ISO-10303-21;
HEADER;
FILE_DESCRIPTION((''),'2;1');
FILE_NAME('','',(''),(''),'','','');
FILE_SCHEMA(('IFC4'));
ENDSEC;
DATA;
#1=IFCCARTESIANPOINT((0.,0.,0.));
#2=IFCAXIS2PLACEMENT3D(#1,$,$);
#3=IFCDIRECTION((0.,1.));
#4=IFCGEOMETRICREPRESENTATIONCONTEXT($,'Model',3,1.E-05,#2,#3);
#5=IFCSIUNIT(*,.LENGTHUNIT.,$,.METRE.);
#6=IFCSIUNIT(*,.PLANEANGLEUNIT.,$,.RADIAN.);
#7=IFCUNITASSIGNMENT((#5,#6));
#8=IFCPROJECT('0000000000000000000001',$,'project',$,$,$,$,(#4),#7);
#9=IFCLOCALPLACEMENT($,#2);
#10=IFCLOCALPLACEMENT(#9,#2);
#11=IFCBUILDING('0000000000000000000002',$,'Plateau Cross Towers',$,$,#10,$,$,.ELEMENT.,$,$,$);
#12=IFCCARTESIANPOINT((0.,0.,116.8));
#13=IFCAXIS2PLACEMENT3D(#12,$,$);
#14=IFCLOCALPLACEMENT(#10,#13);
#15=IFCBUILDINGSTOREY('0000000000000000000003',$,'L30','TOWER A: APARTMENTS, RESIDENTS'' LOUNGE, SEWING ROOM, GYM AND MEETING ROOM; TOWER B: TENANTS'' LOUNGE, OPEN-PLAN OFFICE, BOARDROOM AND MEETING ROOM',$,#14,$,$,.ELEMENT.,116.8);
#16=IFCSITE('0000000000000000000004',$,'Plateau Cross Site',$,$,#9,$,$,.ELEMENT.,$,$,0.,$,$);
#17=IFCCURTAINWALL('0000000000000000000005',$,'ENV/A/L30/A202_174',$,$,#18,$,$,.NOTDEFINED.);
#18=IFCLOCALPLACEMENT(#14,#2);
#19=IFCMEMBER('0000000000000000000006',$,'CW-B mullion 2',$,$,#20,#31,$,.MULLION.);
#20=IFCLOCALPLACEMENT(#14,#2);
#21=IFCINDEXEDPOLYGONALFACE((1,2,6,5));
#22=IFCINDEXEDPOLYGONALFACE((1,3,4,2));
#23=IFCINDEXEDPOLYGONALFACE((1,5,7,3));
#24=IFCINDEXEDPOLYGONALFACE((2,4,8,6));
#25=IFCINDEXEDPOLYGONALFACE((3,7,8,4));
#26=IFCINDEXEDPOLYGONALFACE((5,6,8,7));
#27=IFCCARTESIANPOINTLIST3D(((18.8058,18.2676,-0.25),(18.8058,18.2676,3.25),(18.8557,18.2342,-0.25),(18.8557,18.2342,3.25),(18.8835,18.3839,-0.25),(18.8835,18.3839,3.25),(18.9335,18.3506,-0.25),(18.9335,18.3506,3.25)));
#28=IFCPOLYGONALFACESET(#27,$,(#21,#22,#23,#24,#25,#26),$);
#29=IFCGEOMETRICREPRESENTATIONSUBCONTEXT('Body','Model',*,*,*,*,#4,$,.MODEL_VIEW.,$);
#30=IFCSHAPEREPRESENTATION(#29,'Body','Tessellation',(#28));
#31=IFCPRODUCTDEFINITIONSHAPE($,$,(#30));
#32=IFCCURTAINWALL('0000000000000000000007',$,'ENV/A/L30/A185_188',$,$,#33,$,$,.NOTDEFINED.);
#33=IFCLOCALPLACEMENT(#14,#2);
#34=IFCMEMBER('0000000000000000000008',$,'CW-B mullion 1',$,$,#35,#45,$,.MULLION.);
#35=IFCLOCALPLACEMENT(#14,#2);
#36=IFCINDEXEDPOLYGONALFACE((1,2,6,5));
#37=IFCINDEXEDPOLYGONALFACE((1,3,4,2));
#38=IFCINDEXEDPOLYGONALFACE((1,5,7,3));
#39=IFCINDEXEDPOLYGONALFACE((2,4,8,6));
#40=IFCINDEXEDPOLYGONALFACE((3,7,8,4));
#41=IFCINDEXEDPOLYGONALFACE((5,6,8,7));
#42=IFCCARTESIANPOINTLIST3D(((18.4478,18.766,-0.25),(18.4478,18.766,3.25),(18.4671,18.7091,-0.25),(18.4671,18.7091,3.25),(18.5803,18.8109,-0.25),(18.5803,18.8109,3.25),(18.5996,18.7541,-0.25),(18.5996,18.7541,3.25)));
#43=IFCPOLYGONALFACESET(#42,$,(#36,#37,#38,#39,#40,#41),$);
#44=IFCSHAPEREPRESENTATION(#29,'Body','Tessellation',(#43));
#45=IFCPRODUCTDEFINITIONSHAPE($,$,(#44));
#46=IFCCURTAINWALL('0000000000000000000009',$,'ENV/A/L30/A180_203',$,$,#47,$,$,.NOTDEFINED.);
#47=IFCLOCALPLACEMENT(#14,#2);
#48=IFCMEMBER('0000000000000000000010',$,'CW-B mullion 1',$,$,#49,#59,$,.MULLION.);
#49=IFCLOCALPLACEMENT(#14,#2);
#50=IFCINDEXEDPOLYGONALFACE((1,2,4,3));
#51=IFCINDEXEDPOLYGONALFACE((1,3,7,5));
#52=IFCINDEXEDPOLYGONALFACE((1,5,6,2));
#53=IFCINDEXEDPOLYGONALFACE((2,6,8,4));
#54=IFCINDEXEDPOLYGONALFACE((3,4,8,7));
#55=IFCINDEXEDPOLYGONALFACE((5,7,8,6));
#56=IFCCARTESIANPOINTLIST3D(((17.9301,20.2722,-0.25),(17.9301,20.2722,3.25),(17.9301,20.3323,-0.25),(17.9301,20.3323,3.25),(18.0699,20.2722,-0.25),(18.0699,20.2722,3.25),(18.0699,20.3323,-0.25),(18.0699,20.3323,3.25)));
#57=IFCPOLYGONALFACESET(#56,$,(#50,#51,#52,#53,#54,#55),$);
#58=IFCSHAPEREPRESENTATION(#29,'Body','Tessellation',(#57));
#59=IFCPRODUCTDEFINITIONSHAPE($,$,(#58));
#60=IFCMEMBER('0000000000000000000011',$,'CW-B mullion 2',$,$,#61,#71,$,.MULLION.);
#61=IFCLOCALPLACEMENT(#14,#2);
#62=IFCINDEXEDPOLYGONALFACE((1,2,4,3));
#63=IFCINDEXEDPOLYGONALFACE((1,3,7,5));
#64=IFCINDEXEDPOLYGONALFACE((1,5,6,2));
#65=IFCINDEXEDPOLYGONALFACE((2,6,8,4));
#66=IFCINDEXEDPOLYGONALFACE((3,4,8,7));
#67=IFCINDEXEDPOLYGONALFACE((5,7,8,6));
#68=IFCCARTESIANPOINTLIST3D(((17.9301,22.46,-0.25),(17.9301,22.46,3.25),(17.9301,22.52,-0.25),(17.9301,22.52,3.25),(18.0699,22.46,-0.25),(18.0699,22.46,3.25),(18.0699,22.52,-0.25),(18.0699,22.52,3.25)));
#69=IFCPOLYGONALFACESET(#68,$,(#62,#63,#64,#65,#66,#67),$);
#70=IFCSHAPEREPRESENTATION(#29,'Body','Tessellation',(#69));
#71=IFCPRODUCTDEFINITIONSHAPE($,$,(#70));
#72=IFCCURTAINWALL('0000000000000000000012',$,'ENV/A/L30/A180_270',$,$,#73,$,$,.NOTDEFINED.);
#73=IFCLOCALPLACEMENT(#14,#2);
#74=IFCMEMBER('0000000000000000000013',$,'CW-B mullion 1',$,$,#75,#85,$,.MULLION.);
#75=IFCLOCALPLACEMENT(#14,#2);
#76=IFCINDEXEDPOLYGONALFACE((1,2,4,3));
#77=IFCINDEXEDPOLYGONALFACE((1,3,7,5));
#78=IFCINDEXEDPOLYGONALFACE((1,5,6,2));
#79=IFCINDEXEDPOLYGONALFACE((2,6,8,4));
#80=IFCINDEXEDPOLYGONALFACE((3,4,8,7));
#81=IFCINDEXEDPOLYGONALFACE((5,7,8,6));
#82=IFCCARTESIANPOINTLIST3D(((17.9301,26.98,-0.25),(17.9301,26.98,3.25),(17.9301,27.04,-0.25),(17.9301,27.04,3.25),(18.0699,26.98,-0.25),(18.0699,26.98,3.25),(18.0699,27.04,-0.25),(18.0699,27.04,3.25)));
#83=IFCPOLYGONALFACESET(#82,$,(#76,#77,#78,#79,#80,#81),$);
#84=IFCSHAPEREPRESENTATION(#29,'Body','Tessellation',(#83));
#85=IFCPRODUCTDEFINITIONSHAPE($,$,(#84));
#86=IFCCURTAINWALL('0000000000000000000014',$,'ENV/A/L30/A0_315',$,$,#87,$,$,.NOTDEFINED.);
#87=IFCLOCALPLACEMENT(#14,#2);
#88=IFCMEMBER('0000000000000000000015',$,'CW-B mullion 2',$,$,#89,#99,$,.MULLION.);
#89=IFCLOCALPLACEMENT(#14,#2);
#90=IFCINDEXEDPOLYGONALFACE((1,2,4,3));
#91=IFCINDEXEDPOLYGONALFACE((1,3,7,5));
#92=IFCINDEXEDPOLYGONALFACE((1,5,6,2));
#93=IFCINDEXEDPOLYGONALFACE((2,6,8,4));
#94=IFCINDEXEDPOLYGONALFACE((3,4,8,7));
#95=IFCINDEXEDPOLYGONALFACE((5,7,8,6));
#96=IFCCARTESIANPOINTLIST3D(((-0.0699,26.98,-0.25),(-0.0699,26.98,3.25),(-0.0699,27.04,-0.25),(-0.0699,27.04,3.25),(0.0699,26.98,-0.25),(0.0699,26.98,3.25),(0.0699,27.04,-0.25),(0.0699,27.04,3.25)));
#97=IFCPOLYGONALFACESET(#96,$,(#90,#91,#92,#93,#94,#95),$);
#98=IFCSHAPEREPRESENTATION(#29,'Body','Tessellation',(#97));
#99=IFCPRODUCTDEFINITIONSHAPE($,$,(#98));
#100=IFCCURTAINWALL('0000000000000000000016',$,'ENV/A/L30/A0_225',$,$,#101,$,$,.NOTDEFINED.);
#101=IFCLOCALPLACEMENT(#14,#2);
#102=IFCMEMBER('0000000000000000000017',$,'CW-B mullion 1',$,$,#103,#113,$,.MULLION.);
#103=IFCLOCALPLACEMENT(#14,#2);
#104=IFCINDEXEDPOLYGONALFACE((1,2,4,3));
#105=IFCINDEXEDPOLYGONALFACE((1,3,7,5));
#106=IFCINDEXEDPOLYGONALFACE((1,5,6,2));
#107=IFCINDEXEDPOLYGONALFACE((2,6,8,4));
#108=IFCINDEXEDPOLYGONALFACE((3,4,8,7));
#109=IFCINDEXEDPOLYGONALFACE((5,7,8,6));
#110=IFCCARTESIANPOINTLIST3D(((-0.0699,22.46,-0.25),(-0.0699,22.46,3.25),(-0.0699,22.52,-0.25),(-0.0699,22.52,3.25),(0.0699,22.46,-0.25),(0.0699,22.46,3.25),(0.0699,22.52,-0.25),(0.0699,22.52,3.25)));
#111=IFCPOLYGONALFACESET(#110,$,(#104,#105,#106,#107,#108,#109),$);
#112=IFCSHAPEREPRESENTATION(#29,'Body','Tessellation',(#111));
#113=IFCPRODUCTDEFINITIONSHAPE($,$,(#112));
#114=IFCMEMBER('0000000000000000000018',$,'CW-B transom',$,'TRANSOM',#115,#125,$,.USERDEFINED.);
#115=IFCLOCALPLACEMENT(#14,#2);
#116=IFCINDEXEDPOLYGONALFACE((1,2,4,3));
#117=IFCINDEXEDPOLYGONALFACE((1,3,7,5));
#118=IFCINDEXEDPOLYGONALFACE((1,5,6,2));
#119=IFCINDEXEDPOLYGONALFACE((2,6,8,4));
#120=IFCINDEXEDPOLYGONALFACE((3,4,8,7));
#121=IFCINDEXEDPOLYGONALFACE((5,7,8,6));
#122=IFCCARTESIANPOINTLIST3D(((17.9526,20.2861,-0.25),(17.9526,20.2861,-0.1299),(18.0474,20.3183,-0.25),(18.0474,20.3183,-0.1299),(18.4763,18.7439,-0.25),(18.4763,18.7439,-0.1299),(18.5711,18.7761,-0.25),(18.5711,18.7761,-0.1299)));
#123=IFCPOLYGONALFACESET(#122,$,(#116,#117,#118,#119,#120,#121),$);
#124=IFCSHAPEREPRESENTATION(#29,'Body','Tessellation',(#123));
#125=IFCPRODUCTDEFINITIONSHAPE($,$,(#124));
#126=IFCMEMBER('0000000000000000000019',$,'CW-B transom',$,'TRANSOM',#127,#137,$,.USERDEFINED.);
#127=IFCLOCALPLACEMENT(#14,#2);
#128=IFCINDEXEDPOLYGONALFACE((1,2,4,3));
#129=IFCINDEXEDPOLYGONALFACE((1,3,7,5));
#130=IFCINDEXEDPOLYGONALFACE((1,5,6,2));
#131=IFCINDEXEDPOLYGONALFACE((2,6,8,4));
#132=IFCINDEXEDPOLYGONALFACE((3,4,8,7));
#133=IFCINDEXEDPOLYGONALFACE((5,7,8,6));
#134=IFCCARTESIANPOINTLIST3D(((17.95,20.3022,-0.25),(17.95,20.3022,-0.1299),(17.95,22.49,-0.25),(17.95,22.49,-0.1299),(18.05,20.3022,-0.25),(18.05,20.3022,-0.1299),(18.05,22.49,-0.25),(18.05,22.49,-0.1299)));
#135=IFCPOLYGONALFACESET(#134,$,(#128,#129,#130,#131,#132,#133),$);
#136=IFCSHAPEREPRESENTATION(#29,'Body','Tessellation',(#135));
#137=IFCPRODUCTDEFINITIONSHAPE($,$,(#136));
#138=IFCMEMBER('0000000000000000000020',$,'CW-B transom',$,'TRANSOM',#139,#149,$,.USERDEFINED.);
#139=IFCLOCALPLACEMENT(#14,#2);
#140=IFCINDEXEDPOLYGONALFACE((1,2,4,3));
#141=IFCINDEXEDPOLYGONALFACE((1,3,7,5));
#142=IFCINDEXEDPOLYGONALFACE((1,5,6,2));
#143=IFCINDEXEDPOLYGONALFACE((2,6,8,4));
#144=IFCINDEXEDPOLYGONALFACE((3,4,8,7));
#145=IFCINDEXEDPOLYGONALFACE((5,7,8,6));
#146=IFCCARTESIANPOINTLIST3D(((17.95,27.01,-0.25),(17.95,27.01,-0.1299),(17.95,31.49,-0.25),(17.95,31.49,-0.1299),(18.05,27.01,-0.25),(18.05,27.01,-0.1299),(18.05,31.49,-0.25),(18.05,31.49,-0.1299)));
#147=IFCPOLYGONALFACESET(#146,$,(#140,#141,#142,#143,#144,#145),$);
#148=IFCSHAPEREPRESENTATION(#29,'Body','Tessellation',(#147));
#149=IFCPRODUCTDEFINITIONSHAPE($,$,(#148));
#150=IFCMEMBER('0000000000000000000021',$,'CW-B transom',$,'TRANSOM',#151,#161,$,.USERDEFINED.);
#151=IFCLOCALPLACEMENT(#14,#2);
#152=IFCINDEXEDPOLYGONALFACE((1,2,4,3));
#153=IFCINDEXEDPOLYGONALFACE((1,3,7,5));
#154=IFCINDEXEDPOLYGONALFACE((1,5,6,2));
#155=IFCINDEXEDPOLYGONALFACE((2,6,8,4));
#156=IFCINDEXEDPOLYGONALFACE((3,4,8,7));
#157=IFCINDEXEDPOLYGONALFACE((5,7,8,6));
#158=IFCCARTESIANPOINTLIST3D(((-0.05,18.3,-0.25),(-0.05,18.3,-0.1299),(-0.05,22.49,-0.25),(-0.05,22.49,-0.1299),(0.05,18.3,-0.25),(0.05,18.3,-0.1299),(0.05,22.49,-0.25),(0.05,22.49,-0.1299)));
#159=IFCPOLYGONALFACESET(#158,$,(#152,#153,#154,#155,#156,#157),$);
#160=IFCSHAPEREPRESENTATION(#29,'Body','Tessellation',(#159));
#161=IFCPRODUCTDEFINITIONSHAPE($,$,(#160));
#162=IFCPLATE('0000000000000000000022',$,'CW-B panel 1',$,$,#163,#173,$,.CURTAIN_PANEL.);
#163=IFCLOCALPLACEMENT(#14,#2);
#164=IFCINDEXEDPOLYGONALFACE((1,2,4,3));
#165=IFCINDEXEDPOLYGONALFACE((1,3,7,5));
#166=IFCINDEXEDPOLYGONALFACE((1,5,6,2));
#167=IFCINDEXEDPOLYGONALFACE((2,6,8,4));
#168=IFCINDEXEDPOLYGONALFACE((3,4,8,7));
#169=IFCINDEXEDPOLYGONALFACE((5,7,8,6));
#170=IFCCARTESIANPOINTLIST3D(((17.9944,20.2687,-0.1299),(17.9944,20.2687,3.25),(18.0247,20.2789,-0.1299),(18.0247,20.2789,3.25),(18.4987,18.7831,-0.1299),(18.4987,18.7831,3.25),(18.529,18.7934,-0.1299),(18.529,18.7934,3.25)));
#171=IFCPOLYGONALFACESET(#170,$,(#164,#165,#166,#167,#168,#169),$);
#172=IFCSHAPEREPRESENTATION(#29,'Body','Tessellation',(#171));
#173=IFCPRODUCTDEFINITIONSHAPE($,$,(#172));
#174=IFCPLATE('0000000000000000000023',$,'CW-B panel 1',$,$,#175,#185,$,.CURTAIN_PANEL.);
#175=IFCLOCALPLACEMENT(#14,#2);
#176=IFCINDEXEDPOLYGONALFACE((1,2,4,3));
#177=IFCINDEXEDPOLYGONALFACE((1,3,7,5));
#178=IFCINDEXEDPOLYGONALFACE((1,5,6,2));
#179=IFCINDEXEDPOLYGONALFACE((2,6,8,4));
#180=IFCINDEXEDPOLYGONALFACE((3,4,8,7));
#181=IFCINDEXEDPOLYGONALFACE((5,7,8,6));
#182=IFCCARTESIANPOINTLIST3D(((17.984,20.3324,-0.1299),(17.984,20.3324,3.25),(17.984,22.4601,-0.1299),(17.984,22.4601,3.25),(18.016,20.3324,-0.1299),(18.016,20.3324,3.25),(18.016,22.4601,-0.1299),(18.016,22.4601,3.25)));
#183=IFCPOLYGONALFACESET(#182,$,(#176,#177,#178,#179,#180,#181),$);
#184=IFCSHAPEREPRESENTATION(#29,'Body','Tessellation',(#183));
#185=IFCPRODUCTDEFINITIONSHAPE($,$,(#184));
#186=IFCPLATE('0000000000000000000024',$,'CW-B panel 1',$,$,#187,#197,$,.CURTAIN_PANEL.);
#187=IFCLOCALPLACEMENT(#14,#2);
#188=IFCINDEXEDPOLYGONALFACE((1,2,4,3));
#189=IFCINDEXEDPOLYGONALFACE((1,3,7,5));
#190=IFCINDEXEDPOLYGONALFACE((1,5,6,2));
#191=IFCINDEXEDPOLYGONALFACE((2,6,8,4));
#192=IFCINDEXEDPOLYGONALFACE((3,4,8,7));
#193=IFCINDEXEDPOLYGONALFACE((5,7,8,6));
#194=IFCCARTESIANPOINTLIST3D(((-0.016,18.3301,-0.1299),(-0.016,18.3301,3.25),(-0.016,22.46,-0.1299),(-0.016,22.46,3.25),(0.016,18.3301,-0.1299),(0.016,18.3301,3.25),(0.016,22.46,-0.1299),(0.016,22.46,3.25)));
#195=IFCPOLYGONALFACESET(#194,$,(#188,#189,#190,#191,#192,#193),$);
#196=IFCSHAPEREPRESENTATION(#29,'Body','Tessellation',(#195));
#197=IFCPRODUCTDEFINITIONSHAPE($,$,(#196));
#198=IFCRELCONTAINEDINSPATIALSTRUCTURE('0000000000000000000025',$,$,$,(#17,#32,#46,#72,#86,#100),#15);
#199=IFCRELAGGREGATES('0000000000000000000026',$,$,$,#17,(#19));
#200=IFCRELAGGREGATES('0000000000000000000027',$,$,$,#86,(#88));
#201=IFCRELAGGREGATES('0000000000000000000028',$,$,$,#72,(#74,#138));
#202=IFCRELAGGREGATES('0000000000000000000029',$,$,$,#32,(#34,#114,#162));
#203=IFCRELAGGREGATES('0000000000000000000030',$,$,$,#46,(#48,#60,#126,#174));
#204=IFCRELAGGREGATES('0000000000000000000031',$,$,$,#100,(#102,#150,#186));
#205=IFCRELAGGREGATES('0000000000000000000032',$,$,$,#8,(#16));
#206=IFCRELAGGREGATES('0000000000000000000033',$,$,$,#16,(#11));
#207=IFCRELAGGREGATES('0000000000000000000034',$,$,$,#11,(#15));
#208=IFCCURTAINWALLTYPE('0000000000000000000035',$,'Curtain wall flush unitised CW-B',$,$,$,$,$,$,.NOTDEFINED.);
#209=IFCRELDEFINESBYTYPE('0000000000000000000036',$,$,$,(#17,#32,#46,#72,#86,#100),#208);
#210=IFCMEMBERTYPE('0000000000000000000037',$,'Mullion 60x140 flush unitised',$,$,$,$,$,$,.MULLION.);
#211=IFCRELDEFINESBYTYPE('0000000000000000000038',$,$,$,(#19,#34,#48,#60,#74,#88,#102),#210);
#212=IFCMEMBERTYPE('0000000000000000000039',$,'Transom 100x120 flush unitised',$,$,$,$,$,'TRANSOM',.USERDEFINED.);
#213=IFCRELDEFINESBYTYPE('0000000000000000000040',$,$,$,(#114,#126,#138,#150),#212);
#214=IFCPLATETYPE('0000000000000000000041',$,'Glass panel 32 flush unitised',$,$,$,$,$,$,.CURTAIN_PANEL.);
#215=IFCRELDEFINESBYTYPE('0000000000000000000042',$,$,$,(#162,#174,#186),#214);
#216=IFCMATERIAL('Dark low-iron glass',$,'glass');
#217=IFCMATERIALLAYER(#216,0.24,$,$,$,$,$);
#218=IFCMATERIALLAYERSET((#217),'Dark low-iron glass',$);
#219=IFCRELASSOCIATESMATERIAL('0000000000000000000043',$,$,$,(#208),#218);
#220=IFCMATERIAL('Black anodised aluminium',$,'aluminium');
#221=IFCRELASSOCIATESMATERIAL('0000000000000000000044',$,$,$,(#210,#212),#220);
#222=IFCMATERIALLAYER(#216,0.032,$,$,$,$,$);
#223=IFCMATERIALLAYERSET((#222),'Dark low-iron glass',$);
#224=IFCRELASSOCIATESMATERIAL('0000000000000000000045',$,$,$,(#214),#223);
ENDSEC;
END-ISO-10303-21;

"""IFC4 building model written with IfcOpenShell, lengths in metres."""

from ifc_helpers import new_model, si_unit, direction, frame, origin, origin_2d, place, context, subcontext, project, spatial, rectangle, extrude, material, layer, layer_set, material_profile, profile_set, type_object, element, aggregate, save


model = new_model("IFC4")

# Units and contexts
model_context = context("Model", 3, precision=1e-05, world=origin(), true_north=direction((0.0, 1.0)))
body_context = subcontext(model_context, "Body", "Model", "MODEL_VIEW")
ifc_project = project(units=[si_unit("LENGTHUNIT", "METRE"), si_unit("PLANEANGLEUNIT", "RADIAN")], contexts=[model_context])

# Site, building, storey
site_placement = place(None, origin())
site = spatial("IfcSite", under=ifc_project, at=site_placement, Name="Plateau Cross Site", CompositionType="ELEMENT", RefElevation=0.0)
building_placement = place(site_placement, origin())
building = spatial("IfcBuilding", under=site, at=building_placement, Name="Plateau Cross Towers", CompositionType="ELEMENT")
storey_placement = place(building_placement, frame((0.0, 0.0, 116.8)))
storey = spatial("IfcBuildingStorey", under=building, at=storey_placement, Name="L30", Description="TOWER A: APARTMENTS, RESIDENTS' LOUNGE, SEWING ROOM, GYM AND MEETING ROOM; TOWER B: TENANTS' LOUNGE, OPEN-PLAN OFFICE, BOARDROOM AND MEETING ROOM", CompositionType="ELEMENT", Elevation=116.8)

# Curtain walls, members
ifc_material_1 = material(Name="Dark low-iron glass", Category="glass")
ifc_layer_1 = layer(ifc_material_1, 0.24)
ifc_layer_set_1 = layer_set([ifc_layer_1], Name="Dark low-iron glass")
curtain_wall_type = type_object("IfcCurtainWallType", Name="Curtain wall flush unitised CW-B", PredefinedType="NOTDEFINED", material=ifc_layer_set_1)
curtain_wall_1_placement = place(storey_placement, origin())
curtain_wall_1 = element("IfcCurtainWall", 1, at=curtain_wall_1_placement, inside=storey, type_object=curtain_wall_type, Name="ENV/A/L30/A202_174", PredefinedType="NOTDEFINED")
ifc_material_2 = material(Name="Black anodised aluminium", Category="aluminium")
ifc_material_profile_1 = material_profile(ifc_material_2, rectangle(XDim=0.0601, YDim=0.1399, at=origin_2d()), Name="MULLION 60x140")
ifc_profile_set_1 = profile_set([ifc_material_profile_1], Name="Black anodised aluminium")
member_type_1 = type_object("IfcMemberType", Name="Mullion 60x140 flush unitised", PredefinedType="MULLION", material=ifc_profile_set_1)
member_1_placement = place(storey_placement, frame((18.8696, 18.3091, -0.25), z_axis=(0.0, 0.0, 1.0), x_axis=(-0.831521, 0.555493, 0.0)))
member_1 = element("IfcMember", 2, at=member_1_placement, type_object=member_type_1, Name="CW-B mullion 2", PredefinedType="MULLION", context=body_context, shape_type="SweptSolid", body=[
    extrude(rectangle(XDim=0.0601, YDim=0.1399, at=origin_2d()), origin(), (0.0, 0.0, 1.0), 3.5),
])
aggregate(curtain_wall_1, [member_1])
curtain_wall_2_placement = place(storey_placement, origin())
curtain_wall_2 = element("IfcCurtainWall", 3, at=curtain_wall_2_placement, inside=storey, type_object=curtain_wall_type, Name="ENV/A/L30/A185_188", PredefinedType="NOTDEFINED")
member_2_placement = place(storey_placement, frame((18.5237, 18.76, -0.25), z_axis=(0.0, 0.0, 1.0), x_axis=(-0.321469, 0.94692, 0.0)))
member_2 = element("IfcMember", 4, at=member_2_placement, type_object=member_type_1, Name="CW-B mullion 1", PredefinedType="MULLION", context=body_context, shape_type="SweptSolid", body=[
    extrude(rectangle(XDim=0.0601, YDim=0.1399, at=origin_2d()), origin(), (0.0, 0.0, 1.0), 3.5),
])

# Curtain wall, members
curtain_wall_3_placement = place(storey_placement, origin())
curtain_wall_3 = element("IfcCurtainWall", 5, at=curtain_wall_3_placement, inside=storey, type_object=curtain_wall_type, Name="ENV/A/L30/A180_203", PredefinedType="NOTDEFINED")
member_3_placement = place(storey_placement, frame((18.0, 20.3022, -0.25), z_axis=(0.0, 0.0, 1.0), x_axis=(0.0, 1.0, 0.0)))
member_3 = element("IfcMember", 6, at=member_3_placement, type_object=member_type_1, Name="CW-B mullion 1", PredefinedType="MULLION", context=body_context, shape_type="SweptSolid", body=[
    extrude(rectangle(XDim=0.0601, YDim=0.1399, at=origin_2d()), origin(), (0.0, 0.0, 1.0), 3.5),
])
member_4_placement = place(storey_placement, frame((18.0, 22.49, -0.25), z_axis=(0.0, 0.0, 1.0), x_axis=(0.0, 1.0, 0.0)))
member_4 = element("IfcMember", 7, at=member_4_placement, type_object=member_type_1, Name="CW-B mullion 2", PredefinedType="MULLION", context=body_context, shape_type="SweptSolid", body=[
    extrude(rectangle(XDim=0.0601, YDim=0.1399, at=origin_2d()), origin(), (0.0, 0.0, 1.0), 3.5),
])

# Curtain walls, members
curtain_wall_4_placement = place(storey_placement, origin())
curtain_wall_4 = element("IfcCurtainWall", 8, at=curtain_wall_4_placement, inside=storey, type_object=curtain_wall_type, Name="ENV/A/L30/A180_270", PredefinedType="NOTDEFINED")
member_5_placement = place(storey_placement, frame((18.0, 27.01, -0.25), z_axis=(0.0, 0.0, 1.0), x_axis=(0.0, 1.0, 0.0)))
member_5 = element("IfcMember", 9, at=member_5_placement, type_object=member_type_1, Name="CW-B mullion 1", PredefinedType="MULLION", context=body_context, shape_type="SweptSolid", body=[
    extrude(rectangle(XDim=0.0601, YDim=0.1399, at=origin_2d()), origin(), (0.0, 0.0, 1.0), 3.5),
])
curtain_wall_5_placement = place(storey_placement, origin())
curtain_wall_5 = element("IfcCurtainWall", 10, at=curtain_wall_5_placement, inside=storey, type_object=curtain_wall_type, Name="ENV/A/L30/A0_315", PredefinedType="NOTDEFINED")
member_6_placement = place(storey_placement, frame((0.0, 27.01, -0.25), z_axis=(0.0, 0.0, 1.0), x_axis=(0.0, -1.0, 0.0)))
member_6 = element("IfcMember", 11, at=member_6_placement, type_object=member_type_1, Name="CW-B mullion 2", PredefinedType="MULLION", context=body_context, shape_type="SweptSolid", body=[
    extrude(rectangle(XDim=0.0601, YDim=0.1399, at=origin_2d()), origin(), (0.0, 0.0, 1.0), 3.5),
])
aggregate(curtain_wall_5, [member_6])
curtain_wall_6_placement = place(storey_placement, origin())
curtain_wall_6 = element("IfcCurtainWall", 12, at=curtain_wall_6_placement, inside=storey, type_object=curtain_wall_type, Name="ENV/A/L30/A0_225", PredefinedType="NOTDEFINED")
member_7_placement = place(storey_placement, frame((0.0, 22.49, -0.25), z_axis=(0.0, 0.0, 1.0), x_axis=(0.0, -1.0, 0.0)))
member_7 = element("IfcMember", 13, at=member_7_placement, type_object=member_type_1, Name="CW-B mullion 1", PredefinedType="MULLION", context=body_context, shape_type="SweptSolid", body=[
    extrude(rectangle(XDim=0.0601, YDim=0.1399, at=origin_2d()), origin(), (0.0, 0.0, 1.0), 3.5),
])

# Members
ifc_material_profile_2 = material_profile(ifc_material_2, rectangle(XDim=0.1001, YDim=0.1201, at=origin_2d()), Name="TRANSOM 100x120")
ifc_profile_set_2 = profile_set([ifc_material_profile_2], Name="Black anodised aluminium")
member_type_2 = type_object("IfcMemberType", Name="Transom 100x120 flush unitised", ElementType="TRANSOM", PredefinedType="USERDEFINED", material=ifc_profile_set_2)
member_8_placement = place(storey_placement, frame((18.5237, 18.76, -0.1899), z_axis=(-0.321529, 0.9469, 0.0), x_axis=(-0.9469, -0.321529, 0.0)))
member_8 = element("IfcMember", 14, at=member_8_placement, type_object=member_type_2, Name="CW-B transom", ObjectType="TRANSOM", PredefinedType="USERDEFINED", context=body_context, shape_type="SweptSolid", body=[
    extrude(rectangle(XDim=0.1001, YDim=0.1201, at=origin_2d()), origin(), (0.0, 0.0, 1.0), 1.6287),
])
member_9_placement = place(storey_placement, frame((18.0, 20.3022, -0.1899), z_axis=(0.0, 1.0, 0.0), x_axis=(-1.0, 0.0, 0.0)))
member_9 = element("IfcMember", 15, at=member_9_placement, type_object=member_type_2, Name="CW-B transom", ObjectType="TRANSOM", PredefinedType="USERDEFINED", context=body_context, shape_type="SweptSolid", body=[
    extrude(rectangle(XDim=0.1001, YDim=0.1201, at=origin_2d()), origin(), (0.0, 0.0, 1.0), 2.1877),
])
member_10_placement = place(storey_placement, frame((18.0, 27.01, -0.1899), z_axis=(0.0, 1.0, 0.0), x_axis=(-1.0, 0.0, 0.0)))
member_10 = element("IfcMember", 16, at=member_10_placement, type_object=member_type_2, Name="CW-B transom", ObjectType="TRANSOM", PredefinedType="USERDEFINED", context=body_context, shape_type="SweptSolid", body=[
    extrude(rectangle(XDim=0.1001, YDim=0.1201, at=origin_2d()), origin(), (0.0, 0.0, 1.0), 4.48),
])
aggregate(curtain_wall_4, [member_5, member_10])
member_11_placement = place(storey_placement, frame((0.0, 22.49, -0.1899), z_axis=(0.0, -1.0, 0.0), x_axis=(1.0, 0.0, 0.0)))
member_11 = element("IfcMember", 17, at=member_11_placement, type_object=member_type_2, Name="CW-B transom", ObjectType="TRANSOM", PredefinedType="USERDEFINED", context=body_context, shape_type="SweptSolid", body=[
    extrude(rectangle(XDim=0.1001, YDim=0.1201, at=origin_2d()), origin(), (0.0, 0.0, 1.0), 4.1899),
])

# Plates
ifc_layer_2 = layer(ifc_material_1, 0.032)
ifc_layer_set_2 = layer_set([ifc_layer_2], Name="Dark low-iron glass")
plate_type = type_object("IfcPlateType", Name="Glass panel 32 flush unitised", PredefinedType="CURTAIN_PANEL", material=ifc_layer_set_2)
plate_1_placement = place(storey_placement, frame((18.2617, 19.531, -0.1299), z_axis=(0.0, 0.0, 1.0), x_axis=(-0.321469, 0.94692, 0.0)))
plate_1 = element("IfcPlate", 18, at=plate_1_placement, type_object=plate_type, Name="CW-B panel 1", PredefinedType="CURTAIN_PANEL", context=body_context, shape_type="SweptSolid", body=[
    extrude(rectangle(XDim=1.5688, YDim=0.032, at=origin_2d()), origin(), (0.0, 0.0, 1.0), 3.3799),
])
aggregate(curtain_wall_2, [member_2, member_8, plate_1])
plate_2_placement = place(storey_placement, frame((18.0, 21.3962, -0.1299), z_axis=(0.0, 0.0, 1.0), x_axis=(0.0, 1.0, 0.0)))
plate_2 = element("IfcPlate", 19, at=plate_2_placement, type_object=plate_type, Name="CW-B panel 1", PredefinedType="CURTAIN_PANEL", context=body_context, shape_type="SweptSolid", body=[
    extrude(rectangle(XDim=2.1277, YDim=0.032, at=origin_2d()), origin(), (0.0, 0.0, 1.0), 3.3799),
])
aggregate(curtain_wall_3, [member_3, member_4, member_9, plate_2])
plate_3_placement = place(storey_placement, frame((0.0, 20.395, -0.1299), z_axis=(0.0, 0.0, 1.0), x_axis=(0.0, -1.0, 0.0)))
plate_3 = element("IfcPlate", 20, at=plate_3_placement, type_object=plate_type, Name="CW-B panel 1", PredefinedType="CURTAIN_PANEL", context=body_context, shape_type="SweptSolid", body=[
    extrude(rectangle(XDim=4.1299, YDim=0.032, at=origin_2d()), origin(), (0.0, 0.0, 1.0), 3.3799),
])
aggregate(curtain_wall_6, [member_7, member_11, plate_3])

save(model, "model.ifc")
